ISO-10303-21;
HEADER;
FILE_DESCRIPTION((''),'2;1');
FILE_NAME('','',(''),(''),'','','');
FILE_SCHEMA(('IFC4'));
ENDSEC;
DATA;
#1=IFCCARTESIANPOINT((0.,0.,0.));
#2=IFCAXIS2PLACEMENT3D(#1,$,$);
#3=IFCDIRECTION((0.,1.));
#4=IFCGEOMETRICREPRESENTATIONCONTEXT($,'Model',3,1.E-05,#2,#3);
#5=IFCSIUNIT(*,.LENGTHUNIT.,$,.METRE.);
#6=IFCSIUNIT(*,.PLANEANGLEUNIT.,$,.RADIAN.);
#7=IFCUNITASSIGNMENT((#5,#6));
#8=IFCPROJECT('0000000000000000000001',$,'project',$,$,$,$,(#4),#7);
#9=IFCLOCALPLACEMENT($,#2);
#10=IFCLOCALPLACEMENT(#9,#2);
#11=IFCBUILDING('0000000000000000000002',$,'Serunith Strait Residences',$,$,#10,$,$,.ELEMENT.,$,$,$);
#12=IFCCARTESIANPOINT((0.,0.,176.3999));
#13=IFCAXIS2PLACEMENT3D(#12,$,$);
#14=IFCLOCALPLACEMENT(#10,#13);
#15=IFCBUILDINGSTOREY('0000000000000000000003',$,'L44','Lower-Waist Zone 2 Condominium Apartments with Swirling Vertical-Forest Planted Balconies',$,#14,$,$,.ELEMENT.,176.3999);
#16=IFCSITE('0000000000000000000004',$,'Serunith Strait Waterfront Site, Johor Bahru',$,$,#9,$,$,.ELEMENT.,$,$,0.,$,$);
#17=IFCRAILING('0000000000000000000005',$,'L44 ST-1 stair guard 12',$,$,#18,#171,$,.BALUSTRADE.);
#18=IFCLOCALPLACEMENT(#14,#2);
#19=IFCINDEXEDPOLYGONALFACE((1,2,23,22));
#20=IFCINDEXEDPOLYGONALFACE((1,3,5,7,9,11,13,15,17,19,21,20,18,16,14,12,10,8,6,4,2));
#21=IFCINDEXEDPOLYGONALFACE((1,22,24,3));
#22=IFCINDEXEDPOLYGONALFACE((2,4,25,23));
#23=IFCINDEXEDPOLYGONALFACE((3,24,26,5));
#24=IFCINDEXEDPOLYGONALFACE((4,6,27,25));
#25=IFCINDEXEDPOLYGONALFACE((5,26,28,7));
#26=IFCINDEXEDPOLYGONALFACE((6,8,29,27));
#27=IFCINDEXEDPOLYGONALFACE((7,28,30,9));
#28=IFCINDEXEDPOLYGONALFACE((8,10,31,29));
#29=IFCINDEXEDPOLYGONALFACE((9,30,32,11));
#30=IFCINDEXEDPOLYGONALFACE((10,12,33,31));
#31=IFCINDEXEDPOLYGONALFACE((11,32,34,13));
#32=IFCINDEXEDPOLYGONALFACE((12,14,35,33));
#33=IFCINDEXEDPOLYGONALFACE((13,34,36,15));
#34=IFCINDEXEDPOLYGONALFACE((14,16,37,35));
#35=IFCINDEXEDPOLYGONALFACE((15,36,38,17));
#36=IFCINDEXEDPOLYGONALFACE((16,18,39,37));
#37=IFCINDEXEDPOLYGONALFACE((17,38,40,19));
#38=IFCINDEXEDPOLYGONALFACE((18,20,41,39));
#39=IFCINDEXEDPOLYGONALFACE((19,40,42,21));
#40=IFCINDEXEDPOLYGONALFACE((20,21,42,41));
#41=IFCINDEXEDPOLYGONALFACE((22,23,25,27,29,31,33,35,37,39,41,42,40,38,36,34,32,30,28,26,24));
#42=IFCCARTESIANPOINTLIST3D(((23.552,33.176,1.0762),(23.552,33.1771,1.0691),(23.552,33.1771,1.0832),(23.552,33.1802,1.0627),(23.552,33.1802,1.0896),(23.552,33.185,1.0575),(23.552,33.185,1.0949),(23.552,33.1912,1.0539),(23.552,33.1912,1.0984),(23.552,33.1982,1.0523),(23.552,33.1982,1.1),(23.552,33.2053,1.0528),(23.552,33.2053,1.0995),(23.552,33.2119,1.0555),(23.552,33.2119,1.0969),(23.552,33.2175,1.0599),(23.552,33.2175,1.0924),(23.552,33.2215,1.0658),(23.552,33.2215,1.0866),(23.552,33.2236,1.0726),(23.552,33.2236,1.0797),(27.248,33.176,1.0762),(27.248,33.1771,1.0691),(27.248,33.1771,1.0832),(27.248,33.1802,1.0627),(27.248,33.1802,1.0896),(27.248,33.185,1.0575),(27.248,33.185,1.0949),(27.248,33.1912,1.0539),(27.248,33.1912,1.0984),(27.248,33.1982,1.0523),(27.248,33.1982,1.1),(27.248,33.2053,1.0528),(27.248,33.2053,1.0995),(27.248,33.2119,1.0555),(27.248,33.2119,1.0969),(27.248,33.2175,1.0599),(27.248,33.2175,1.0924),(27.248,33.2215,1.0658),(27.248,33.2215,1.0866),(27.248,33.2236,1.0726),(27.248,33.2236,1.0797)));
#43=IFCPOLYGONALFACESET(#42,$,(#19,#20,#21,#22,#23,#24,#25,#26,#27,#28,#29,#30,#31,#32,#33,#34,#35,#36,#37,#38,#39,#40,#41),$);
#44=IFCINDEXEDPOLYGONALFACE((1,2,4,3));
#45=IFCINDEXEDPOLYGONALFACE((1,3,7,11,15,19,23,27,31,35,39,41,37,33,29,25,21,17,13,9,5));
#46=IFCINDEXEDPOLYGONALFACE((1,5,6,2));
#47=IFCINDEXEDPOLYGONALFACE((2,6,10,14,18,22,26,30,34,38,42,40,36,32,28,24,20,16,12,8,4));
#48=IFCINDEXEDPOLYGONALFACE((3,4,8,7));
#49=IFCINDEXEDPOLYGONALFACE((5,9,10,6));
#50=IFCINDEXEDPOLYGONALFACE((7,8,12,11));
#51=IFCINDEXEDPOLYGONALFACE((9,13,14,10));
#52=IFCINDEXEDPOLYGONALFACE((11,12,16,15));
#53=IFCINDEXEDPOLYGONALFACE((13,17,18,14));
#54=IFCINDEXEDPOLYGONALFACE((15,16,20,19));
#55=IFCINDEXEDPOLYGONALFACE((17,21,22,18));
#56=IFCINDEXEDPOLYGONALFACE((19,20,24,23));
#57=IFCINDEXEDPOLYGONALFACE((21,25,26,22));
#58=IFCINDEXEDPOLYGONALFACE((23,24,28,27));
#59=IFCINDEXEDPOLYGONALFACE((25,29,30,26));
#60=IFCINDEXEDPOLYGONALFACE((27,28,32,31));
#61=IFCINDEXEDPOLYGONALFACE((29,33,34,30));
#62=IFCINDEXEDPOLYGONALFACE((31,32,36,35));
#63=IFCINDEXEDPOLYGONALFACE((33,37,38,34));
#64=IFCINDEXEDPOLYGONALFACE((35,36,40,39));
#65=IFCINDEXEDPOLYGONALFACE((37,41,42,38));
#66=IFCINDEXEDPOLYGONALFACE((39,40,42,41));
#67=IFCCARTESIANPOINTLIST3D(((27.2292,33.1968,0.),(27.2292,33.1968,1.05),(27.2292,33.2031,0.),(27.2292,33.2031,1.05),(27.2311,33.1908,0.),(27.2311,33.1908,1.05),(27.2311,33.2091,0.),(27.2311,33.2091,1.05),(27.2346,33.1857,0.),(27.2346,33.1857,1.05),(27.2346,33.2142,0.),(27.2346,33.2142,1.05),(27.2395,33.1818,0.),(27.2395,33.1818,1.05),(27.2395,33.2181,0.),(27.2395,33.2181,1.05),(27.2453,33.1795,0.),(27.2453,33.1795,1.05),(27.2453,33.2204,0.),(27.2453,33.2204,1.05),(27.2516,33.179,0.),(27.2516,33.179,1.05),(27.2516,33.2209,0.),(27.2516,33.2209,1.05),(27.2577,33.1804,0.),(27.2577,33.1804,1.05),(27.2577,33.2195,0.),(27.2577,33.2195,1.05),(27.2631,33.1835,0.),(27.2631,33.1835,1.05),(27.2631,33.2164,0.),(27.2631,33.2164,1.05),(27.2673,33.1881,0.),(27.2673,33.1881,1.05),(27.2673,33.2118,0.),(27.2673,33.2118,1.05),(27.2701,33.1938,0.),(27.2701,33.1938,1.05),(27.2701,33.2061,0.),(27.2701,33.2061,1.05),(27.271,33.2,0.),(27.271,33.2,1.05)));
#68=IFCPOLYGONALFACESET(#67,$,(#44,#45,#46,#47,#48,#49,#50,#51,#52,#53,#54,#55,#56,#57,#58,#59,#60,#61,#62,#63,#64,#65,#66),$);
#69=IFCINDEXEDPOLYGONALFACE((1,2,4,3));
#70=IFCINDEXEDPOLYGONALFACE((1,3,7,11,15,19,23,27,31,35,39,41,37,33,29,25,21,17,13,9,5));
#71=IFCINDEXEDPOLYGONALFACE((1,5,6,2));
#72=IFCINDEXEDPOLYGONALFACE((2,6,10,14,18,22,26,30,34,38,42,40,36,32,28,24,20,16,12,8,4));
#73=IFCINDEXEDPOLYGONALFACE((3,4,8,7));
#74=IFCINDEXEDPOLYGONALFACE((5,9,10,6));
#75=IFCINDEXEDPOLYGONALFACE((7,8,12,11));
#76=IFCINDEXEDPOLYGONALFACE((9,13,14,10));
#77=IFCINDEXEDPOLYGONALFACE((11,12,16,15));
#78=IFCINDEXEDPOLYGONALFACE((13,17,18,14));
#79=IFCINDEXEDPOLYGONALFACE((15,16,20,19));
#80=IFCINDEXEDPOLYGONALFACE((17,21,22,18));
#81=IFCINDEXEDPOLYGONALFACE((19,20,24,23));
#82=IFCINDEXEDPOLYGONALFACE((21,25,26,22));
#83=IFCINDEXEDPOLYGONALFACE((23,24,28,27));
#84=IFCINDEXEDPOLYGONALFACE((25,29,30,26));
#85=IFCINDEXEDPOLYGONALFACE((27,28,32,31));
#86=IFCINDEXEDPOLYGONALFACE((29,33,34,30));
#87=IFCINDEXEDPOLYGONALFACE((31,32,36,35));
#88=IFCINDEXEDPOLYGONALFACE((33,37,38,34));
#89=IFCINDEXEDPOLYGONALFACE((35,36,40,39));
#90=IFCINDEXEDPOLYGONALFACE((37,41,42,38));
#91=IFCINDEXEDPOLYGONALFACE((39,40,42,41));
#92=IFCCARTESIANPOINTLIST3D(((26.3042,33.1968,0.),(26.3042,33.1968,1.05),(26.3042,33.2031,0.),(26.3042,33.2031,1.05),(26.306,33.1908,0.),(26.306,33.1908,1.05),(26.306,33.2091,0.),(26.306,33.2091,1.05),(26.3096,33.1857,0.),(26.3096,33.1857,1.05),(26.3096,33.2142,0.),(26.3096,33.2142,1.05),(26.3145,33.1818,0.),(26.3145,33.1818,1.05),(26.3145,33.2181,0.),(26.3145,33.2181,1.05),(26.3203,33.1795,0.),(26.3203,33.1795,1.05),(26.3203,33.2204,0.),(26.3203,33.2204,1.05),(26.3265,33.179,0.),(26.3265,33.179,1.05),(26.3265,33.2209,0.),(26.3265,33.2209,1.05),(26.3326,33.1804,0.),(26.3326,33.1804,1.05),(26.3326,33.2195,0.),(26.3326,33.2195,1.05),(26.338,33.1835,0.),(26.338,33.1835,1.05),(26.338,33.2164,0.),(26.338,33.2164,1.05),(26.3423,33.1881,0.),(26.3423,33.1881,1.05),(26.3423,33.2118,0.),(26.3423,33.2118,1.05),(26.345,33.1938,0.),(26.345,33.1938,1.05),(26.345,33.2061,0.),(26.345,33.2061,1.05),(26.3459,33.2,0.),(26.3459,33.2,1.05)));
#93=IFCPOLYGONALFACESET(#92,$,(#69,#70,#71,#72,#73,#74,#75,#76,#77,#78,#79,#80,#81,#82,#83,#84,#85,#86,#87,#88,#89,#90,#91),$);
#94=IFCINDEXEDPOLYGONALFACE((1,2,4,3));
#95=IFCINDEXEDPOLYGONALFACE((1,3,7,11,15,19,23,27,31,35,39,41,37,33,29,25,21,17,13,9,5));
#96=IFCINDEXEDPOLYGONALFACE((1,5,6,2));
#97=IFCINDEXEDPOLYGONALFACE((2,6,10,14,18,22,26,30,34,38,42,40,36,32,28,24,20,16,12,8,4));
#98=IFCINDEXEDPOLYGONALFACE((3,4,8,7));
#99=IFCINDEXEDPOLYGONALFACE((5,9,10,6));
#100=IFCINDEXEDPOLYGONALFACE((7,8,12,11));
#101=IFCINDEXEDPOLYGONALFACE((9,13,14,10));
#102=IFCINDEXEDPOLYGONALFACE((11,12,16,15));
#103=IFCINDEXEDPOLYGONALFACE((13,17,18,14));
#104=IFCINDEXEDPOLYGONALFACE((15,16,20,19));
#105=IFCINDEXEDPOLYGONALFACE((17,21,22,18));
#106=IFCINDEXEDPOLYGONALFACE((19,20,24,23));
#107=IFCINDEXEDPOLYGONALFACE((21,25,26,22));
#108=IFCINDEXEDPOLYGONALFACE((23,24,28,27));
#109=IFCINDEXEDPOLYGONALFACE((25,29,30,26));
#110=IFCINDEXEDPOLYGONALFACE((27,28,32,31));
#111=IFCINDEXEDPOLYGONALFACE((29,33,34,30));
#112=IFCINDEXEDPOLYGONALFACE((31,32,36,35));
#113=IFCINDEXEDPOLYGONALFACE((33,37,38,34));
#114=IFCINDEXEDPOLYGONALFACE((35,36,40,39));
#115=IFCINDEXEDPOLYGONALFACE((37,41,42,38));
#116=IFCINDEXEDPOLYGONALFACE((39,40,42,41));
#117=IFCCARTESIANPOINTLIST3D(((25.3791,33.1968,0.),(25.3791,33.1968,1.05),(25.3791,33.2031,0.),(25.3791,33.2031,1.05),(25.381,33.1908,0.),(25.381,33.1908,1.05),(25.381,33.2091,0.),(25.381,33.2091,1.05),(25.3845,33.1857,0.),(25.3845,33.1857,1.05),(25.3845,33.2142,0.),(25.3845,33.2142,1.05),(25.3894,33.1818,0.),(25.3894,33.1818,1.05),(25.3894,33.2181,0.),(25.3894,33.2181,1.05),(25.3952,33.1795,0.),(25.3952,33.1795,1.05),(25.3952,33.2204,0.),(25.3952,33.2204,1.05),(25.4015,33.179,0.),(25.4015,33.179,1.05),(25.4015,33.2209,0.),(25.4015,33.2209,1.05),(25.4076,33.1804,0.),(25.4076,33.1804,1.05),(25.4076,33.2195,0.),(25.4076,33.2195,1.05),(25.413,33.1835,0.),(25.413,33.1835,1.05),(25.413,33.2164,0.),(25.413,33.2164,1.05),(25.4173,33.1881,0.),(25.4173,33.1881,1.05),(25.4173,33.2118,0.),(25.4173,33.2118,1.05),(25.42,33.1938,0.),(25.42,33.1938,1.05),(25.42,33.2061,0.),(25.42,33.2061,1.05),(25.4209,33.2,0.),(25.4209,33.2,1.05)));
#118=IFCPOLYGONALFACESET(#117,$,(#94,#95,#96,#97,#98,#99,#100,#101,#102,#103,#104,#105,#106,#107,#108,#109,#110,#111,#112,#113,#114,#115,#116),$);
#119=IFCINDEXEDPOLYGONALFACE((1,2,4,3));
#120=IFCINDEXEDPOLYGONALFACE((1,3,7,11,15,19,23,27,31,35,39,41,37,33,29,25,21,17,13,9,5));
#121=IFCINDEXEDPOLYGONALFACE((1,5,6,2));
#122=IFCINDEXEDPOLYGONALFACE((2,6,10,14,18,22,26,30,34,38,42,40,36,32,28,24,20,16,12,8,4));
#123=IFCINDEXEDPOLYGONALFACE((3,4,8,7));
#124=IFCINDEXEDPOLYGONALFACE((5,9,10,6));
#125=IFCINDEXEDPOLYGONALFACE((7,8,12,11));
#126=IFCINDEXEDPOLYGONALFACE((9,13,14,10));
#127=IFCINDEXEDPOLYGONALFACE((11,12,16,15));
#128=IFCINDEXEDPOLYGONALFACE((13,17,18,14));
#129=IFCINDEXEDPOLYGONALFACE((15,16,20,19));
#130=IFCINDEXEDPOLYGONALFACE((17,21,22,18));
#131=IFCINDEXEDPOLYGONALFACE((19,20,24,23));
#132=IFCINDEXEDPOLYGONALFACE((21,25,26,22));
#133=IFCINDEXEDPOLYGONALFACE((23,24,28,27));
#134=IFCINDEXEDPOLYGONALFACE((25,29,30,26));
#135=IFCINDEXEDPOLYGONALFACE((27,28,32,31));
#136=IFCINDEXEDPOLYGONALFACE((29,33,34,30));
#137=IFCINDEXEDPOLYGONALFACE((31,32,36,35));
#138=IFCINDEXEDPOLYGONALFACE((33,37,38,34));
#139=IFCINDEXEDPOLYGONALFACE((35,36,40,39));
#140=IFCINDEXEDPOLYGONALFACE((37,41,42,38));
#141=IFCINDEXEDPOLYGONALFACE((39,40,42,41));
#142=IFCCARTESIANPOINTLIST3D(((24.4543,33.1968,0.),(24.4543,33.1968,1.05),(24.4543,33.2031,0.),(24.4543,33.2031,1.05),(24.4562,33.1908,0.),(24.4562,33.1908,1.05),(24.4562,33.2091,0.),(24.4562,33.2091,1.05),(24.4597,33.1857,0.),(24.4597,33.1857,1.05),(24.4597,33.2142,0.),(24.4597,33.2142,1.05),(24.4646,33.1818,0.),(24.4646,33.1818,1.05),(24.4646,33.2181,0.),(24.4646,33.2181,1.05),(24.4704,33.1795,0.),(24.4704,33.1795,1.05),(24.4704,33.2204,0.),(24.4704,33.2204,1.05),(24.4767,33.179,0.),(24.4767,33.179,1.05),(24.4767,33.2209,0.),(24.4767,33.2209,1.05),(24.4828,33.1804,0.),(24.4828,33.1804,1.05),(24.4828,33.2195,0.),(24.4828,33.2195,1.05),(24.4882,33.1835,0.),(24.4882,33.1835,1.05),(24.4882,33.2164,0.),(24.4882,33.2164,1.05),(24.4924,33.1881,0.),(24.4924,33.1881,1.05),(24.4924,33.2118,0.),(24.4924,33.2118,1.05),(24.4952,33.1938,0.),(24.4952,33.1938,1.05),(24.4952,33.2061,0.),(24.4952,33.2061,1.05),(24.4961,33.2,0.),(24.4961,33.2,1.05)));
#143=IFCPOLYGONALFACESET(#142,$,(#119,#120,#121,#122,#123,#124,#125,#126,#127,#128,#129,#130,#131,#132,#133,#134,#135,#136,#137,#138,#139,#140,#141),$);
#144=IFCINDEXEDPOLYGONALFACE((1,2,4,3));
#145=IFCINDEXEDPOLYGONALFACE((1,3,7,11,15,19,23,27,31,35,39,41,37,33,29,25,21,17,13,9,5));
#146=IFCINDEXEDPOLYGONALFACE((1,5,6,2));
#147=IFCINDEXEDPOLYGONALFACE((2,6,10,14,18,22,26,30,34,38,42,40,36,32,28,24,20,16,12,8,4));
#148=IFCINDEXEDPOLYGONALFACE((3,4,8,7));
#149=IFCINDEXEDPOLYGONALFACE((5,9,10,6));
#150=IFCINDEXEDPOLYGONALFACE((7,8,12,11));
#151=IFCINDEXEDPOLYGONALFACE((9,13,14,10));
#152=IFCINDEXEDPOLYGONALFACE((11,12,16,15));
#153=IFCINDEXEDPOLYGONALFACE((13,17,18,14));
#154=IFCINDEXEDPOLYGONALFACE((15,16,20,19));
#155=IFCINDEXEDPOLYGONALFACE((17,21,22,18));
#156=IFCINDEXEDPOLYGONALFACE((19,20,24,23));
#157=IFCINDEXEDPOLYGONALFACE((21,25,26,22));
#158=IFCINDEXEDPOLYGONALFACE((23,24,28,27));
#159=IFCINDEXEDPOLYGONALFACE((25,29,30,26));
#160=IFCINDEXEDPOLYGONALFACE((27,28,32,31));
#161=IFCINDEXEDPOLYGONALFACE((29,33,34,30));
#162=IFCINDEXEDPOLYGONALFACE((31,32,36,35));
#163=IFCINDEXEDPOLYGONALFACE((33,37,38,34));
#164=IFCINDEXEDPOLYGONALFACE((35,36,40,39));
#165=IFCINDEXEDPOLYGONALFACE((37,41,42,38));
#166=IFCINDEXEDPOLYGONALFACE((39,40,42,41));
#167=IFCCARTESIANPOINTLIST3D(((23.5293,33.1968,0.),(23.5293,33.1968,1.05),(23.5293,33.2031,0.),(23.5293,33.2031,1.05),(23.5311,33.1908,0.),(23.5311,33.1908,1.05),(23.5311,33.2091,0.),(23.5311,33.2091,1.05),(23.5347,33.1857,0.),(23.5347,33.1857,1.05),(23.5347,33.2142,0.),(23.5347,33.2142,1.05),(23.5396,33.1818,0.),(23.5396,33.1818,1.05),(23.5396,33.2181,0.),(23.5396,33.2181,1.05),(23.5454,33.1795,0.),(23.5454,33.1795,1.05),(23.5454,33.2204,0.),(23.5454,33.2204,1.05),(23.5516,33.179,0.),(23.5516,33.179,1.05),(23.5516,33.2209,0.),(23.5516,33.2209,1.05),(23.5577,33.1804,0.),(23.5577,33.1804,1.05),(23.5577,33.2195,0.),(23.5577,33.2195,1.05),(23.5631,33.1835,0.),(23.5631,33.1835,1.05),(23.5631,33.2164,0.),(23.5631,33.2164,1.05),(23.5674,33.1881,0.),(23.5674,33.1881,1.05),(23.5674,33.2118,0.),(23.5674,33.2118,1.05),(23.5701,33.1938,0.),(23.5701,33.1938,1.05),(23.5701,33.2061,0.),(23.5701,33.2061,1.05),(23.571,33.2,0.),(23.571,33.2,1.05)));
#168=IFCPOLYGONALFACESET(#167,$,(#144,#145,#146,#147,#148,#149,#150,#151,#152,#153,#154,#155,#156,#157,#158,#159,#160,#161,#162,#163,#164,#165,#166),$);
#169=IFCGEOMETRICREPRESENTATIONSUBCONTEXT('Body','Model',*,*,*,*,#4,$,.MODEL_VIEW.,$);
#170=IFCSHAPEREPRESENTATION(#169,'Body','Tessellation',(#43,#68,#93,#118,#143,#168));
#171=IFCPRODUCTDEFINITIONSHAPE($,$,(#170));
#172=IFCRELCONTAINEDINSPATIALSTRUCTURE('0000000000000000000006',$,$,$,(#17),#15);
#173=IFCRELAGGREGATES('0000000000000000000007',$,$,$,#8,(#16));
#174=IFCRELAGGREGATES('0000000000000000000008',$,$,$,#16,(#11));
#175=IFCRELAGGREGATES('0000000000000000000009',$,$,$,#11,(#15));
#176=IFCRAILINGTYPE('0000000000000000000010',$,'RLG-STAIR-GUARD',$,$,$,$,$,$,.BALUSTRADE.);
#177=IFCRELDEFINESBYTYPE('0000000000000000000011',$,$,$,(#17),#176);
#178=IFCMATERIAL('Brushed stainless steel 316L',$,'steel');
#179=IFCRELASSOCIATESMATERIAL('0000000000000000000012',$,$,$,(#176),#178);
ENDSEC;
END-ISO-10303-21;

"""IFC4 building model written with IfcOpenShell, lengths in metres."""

from ifc_helpers import new_model, si_unit, direction, frame, origin, origin_2d, place, context, subcontext, project, spatial, circle, extrude, material, type_object, element, save


model = new_model("IFC4")

# Units and contexts
model_context = context("Model", 3, precision=1e-05, world=origin(), true_north=direction((0.0, 1.0)))
body_context = subcontext(model_context, "Body", "Model", "MODEL_VIEW")
ifc_project = project(units=[si_unit("LENGTHUNIT", "METRE"), si_unit("PLANEANGLEUNIT", "RADIAN")], contexts=[model_context])

# Site, building, storey
site_placement = place(None, origin())
site = spatial("IfcSite", under=ifc_project, at=site_placement, Name="Serunith Strait Waterfront Site, Johor Bahru", CompositionType="ELEMENT", RefElevation=0.0)
building_placement = place(site_placement, origin())
building = spatial("IfcBuilding", under=site, at=building_placement, Name="Serunith Strait Residences", CompositionType="ELEMENT")
storey_placement = place(building_placement, frame((0.0, 0.0, 176.3999)))
storey = spatial("IfcBuildingStorey", under=building, at=storey_placement, Name="L44", Description="Lower-Waist Zone 2 Condominium Apartments with Swirling Vertical-Forest Planted Balconies", CompositionType="ELEMENT", Elevation=176.3999)

# Railing
ifc_material_1 = material(Name="Brushed stainless steel 316L", Category="steel")
railing_type_1 = type_object("IfcRailingType", Name="RLG-STAIR-GUARD", PredefinedType="BALUSTRADE", material=ifc_material_1)
railing_1_placement = place(storey_placement, frame((27.25, 33.2, 0.0)))
element("IfcRailing", 1, at=railing_1_placement, inside=storey, type_object=railing_type_1, Name="L44 ST-1 stair guard 12", PredefinedType="BALUSTRADE", context=body_context, shape_type="SweptSolid", body=[
    extrude(circle(Radius=0.0239, at=origin_2d()), frame((-0.002, 0.0, 1.0762), z_axis=(-1.0, 0.0, 0.0), x_axis=(0.0, -1.0, 0.0)), (0.0, 0.0, 1.0), 3.696),
    extrude(circle(Radius=0.021, at=origin_2d()), origin(), (0.0, 0.0, 1.0), 1.05),
    extrude(circle(Radius=0.021, at=origin_2d()), frame((-0.925, 0.0, 0.0)), (0.0, 0.0, 1.0), 1.05),
    extrude(circle(Radius=0.021, at=origin_2d()), frame((-1.8501, 0.0, 0.0)), (0.0, 0.0, 1.0), 1.05),
    extrude(circle(Radius=0.021, at=origin_2d()), frame((-2.7749, 0.0, 0.0)), (0.0, 0.0, 1.0), 1.05),
    extrude(circle(Radius=0.021, at=origin_2d()), frame((-3.7, 0.0, 0.0)), (0.0, 0.0, 1.0), 1.05),
])

save(model, "model.ifc")
